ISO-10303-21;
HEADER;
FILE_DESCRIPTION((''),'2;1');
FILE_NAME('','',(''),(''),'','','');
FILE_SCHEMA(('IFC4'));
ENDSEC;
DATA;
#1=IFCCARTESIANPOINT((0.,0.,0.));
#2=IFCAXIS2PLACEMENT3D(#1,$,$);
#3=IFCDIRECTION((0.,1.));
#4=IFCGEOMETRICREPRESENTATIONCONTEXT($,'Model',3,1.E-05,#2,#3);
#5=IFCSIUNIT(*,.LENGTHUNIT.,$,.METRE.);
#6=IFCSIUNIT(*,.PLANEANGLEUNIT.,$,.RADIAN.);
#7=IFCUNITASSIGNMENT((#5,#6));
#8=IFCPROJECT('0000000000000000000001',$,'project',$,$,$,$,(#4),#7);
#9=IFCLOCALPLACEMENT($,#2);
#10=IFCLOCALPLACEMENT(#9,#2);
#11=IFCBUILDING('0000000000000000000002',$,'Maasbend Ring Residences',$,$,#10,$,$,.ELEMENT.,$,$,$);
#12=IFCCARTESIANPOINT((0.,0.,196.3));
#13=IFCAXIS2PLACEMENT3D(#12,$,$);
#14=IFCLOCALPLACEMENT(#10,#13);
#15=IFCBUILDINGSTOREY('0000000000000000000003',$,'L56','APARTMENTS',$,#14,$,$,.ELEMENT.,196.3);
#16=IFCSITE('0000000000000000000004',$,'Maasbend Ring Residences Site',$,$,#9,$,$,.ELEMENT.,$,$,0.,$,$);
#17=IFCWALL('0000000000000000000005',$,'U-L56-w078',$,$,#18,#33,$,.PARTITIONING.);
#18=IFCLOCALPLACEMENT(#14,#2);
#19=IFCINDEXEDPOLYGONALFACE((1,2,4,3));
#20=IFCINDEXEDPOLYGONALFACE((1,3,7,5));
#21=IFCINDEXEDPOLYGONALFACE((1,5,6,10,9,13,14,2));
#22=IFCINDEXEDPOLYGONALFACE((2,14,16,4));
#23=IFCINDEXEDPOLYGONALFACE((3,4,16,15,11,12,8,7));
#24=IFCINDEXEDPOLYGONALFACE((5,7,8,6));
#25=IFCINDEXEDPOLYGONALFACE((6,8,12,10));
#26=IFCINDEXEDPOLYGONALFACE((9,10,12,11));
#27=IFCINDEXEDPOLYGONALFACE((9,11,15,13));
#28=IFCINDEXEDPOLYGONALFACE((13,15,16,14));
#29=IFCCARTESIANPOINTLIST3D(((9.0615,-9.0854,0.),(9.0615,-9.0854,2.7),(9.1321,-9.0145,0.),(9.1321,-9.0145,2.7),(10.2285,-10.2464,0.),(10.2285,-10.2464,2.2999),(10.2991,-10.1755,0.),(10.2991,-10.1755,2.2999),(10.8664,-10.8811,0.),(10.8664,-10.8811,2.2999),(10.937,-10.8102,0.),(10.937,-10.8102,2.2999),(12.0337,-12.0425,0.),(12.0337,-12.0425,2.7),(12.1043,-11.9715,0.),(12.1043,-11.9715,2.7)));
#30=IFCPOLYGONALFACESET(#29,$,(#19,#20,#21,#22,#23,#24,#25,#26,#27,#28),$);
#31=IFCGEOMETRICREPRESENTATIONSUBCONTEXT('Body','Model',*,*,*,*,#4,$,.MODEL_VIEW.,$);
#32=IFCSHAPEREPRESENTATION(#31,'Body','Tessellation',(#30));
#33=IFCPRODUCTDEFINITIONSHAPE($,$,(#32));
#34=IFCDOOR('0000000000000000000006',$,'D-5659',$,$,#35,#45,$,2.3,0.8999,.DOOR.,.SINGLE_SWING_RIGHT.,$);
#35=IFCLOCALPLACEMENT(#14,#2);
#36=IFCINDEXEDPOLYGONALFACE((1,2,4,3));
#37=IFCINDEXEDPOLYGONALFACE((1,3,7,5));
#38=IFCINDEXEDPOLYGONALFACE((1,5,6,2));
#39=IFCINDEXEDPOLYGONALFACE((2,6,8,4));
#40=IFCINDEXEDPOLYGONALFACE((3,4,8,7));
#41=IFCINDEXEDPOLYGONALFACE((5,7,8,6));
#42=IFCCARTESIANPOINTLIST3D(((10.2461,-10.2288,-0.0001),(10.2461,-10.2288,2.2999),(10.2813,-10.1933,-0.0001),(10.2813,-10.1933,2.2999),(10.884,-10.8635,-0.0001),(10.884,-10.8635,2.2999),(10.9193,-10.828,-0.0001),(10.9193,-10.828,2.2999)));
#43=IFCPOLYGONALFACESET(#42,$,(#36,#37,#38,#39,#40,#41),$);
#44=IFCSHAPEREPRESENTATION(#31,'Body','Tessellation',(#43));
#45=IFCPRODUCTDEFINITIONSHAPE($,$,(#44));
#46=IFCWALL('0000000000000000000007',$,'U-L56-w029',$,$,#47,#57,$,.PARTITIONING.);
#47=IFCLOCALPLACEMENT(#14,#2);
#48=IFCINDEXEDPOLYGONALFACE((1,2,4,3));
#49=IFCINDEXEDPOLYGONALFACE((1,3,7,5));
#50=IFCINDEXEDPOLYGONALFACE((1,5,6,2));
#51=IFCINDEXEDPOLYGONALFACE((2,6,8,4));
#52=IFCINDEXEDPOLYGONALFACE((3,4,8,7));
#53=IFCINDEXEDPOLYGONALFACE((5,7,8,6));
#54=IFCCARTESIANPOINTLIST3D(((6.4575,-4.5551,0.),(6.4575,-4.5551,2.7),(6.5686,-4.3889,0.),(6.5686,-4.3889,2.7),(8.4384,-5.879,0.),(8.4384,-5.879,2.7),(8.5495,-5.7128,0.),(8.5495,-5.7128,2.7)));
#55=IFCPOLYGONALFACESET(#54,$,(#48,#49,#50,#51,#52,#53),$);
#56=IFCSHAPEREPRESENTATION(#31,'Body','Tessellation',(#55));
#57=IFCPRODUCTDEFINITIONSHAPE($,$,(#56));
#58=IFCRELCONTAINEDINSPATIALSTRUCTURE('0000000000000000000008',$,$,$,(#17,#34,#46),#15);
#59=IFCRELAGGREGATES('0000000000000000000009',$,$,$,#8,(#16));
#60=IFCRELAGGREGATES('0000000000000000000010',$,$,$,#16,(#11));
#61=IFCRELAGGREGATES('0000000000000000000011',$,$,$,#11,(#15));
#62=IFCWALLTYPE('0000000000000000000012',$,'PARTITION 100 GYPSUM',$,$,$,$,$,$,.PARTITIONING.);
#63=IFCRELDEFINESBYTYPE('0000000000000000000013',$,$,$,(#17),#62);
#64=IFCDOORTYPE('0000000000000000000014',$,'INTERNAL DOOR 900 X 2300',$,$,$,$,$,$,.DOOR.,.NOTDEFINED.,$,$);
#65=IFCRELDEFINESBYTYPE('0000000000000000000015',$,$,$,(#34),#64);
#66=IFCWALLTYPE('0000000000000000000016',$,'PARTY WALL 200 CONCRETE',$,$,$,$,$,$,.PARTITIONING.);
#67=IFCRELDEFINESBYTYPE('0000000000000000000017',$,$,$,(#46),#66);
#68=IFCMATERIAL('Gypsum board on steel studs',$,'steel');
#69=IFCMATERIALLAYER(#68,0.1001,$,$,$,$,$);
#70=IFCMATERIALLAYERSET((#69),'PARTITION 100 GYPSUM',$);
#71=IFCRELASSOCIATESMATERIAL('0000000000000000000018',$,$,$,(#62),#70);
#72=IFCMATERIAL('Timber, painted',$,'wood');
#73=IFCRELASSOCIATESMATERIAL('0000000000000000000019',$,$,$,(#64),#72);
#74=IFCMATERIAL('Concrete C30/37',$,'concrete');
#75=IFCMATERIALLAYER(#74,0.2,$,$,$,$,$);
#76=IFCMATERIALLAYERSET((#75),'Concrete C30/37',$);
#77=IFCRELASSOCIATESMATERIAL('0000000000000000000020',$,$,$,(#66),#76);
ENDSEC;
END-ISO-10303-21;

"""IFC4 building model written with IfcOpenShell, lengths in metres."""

from ifc_helpers import new_model, si_unit, direction, frame, frame_2d, origin, place, context, subcontext, project, spatial, rectangle, extrude, material, layer, layer_set, type_object, element, fill, save


model = new_model("IFC4")

# Units and contexts
model_context = context("Model", 3, precision=1e-05, world=origin(), true_north=direction((0.0, 1.0)))
body_context = subcontext(model_context, "Body", "Model", "MODEL_VIEW")
ifc_project = project(units=[si_unit("LENGTHUNIT", "METRE"), si_unit("PLANEANGLEUNIT", "RADIAN")], contexts=[model_context])

# Site, building, storey
site_placement = place(None, origin())
site = spatial("IfcSite", under=ifc_project, at=site_placement, Name="Maasbend Ring Residences Site", CompositionType="ELEMENT", RefElevation=0.0)
building_placement = place(site_placement, origin())
building = spatial("IfcBuilding", under=site, at=building_placement, Name="Maasbend Ring Residences", CompositionType="ELEMENT")
storey_placement = place(building_placement, frame((0.0, 0.0, 196.3)))
storey = spatial("IfcBuildingStorey", under=building, at=storey_placement, Name="L56", Description="APARTMENTS", CompositionType="ELEMENT", Elevation=196.3)

# Shared definitions
ifc_material_1 = material(Name="Gypsum board on steel studs", Category="steel")
ifc_layer_1 = layer(ifc_material_1, 0.1001)
ifc_layer_set_1 = layer_set([ifc_layer_1], Name="PARTITION 100 GYPSUM")
wall_type_1 = type_object("IfcWallType", Name="PARTITION 100 GYPSUM", PredefinedType="PARTITIONING", material=ifc_layer_set_1)

# Wall, opening, door
wall_1_placement = place(storey_placement, frame((9.0969, -9.05, 0.0), z_axis=(0.0, 0.0, 1.0), x_axis=(0.70891, -0.705299, 0.0)))
wall_1 = element("IfcWall", 1, at=wall_1_placement, inside=storey, type_object=wall_type_1, Name="U-L56-w078", PredefinedType="PARTITIONING", context=body_context, shape_type="SweptSolid", body=[
    extrude(rectangle(XDim=4.1926, YDim=0.1001, at=frame_2d((2.0962, 0.0))), origin(), (0.0, 0.0, 1.0), 2.7),
])
opening_1_placement = place(wall_1_placement, frame((1.646, 0.0, 0.0)))
opening_1 = element("IfcOpeningElement", 2, at=opening_1_placement, cuts=wall_1, PredefinedType="OPENING", context=body_context, shape_type="SweptSolid", body=[
    extrude(rectangle(XDim=0.8999, YDim=2.3, at=frame_2d((0.45, 1.1499))), frame((0.0, 0.0601, 0.0), z_axis=(0.0, -1.0, 0.0), x_axis=(1.0, 0.0, 0.0)), (0.0, 0.0, 1.0), 0.1201),
])
ifc_material_2 = material(Name="Timber, painted", Category="wood")
door_type_1 = type_object("IfcDoorType", Name="INTERNAL DOOR 900 X 2300", OperationType="NOTDEFINED", PredefinedType="DOOR", material=ifc_material_2)
door_1_placement = place(opening_1_placement, origin())
door_1 = element("IfcDoor", 3, at=door_1_placement, inside=storey, type_object=door_type_1, Name="D-5659", OperationType="SINGLE_SWING_RIGHT", OverallHeight=2.3, OverallWidth=0.8999, PredefinedType="DOOR", context=body_context, shape_type="SweptSolid", body=[
    extrude(rectangle(XDim=0.8999, YDim=2.3, at=frame_2d((0.45, 1.1499))), frame((0.0, 0.0249, 0.0), z_axis=(0.0, -1.0, 0.0), x_axis=(1.0, 0.0, 0.0)), (0.0, 0.0, 1.0), 0.05),
])
fill(opening_1, door_1)

# Wall
ifc_material_3 = material(Name="Concrete C30/37", Category="concrete")
ifc_layer_2 = layer(ifc_material_3, 0.2)
ifc_layer_set_2 = layer_set([ifc_layer_2], Name="Concrete C30/37")
wall_type_2 = type_object("IfcWallType", Name="PARTY WALL 200 CONCRETE", PredefinedType="PARTITIONING", material=ifc_layer_set_2)
wall_2_placement = place(storey_placement, frame((6.5129, -4.4719, 0.0), z_axis=(0.0, 0.0, 1.0), x_axis=(0.831403, -0.555669, 0.0)))
element("IfcWall", 4, at=wall_2_placement, inside=storey, type_object=wall_type_2, Name="U-L56-w029", PredefinedType="PARTITIONING", context=body_context, shape_type="SweptSolid", body=[
    extrude(rectangle(XDim=2.3826, YDim=0.2, at=frame_2d((1.1914, 0.0))), origin(), (0.0, 0.0, 1.0), 2.7),
])

save(model, "model.ifc")
